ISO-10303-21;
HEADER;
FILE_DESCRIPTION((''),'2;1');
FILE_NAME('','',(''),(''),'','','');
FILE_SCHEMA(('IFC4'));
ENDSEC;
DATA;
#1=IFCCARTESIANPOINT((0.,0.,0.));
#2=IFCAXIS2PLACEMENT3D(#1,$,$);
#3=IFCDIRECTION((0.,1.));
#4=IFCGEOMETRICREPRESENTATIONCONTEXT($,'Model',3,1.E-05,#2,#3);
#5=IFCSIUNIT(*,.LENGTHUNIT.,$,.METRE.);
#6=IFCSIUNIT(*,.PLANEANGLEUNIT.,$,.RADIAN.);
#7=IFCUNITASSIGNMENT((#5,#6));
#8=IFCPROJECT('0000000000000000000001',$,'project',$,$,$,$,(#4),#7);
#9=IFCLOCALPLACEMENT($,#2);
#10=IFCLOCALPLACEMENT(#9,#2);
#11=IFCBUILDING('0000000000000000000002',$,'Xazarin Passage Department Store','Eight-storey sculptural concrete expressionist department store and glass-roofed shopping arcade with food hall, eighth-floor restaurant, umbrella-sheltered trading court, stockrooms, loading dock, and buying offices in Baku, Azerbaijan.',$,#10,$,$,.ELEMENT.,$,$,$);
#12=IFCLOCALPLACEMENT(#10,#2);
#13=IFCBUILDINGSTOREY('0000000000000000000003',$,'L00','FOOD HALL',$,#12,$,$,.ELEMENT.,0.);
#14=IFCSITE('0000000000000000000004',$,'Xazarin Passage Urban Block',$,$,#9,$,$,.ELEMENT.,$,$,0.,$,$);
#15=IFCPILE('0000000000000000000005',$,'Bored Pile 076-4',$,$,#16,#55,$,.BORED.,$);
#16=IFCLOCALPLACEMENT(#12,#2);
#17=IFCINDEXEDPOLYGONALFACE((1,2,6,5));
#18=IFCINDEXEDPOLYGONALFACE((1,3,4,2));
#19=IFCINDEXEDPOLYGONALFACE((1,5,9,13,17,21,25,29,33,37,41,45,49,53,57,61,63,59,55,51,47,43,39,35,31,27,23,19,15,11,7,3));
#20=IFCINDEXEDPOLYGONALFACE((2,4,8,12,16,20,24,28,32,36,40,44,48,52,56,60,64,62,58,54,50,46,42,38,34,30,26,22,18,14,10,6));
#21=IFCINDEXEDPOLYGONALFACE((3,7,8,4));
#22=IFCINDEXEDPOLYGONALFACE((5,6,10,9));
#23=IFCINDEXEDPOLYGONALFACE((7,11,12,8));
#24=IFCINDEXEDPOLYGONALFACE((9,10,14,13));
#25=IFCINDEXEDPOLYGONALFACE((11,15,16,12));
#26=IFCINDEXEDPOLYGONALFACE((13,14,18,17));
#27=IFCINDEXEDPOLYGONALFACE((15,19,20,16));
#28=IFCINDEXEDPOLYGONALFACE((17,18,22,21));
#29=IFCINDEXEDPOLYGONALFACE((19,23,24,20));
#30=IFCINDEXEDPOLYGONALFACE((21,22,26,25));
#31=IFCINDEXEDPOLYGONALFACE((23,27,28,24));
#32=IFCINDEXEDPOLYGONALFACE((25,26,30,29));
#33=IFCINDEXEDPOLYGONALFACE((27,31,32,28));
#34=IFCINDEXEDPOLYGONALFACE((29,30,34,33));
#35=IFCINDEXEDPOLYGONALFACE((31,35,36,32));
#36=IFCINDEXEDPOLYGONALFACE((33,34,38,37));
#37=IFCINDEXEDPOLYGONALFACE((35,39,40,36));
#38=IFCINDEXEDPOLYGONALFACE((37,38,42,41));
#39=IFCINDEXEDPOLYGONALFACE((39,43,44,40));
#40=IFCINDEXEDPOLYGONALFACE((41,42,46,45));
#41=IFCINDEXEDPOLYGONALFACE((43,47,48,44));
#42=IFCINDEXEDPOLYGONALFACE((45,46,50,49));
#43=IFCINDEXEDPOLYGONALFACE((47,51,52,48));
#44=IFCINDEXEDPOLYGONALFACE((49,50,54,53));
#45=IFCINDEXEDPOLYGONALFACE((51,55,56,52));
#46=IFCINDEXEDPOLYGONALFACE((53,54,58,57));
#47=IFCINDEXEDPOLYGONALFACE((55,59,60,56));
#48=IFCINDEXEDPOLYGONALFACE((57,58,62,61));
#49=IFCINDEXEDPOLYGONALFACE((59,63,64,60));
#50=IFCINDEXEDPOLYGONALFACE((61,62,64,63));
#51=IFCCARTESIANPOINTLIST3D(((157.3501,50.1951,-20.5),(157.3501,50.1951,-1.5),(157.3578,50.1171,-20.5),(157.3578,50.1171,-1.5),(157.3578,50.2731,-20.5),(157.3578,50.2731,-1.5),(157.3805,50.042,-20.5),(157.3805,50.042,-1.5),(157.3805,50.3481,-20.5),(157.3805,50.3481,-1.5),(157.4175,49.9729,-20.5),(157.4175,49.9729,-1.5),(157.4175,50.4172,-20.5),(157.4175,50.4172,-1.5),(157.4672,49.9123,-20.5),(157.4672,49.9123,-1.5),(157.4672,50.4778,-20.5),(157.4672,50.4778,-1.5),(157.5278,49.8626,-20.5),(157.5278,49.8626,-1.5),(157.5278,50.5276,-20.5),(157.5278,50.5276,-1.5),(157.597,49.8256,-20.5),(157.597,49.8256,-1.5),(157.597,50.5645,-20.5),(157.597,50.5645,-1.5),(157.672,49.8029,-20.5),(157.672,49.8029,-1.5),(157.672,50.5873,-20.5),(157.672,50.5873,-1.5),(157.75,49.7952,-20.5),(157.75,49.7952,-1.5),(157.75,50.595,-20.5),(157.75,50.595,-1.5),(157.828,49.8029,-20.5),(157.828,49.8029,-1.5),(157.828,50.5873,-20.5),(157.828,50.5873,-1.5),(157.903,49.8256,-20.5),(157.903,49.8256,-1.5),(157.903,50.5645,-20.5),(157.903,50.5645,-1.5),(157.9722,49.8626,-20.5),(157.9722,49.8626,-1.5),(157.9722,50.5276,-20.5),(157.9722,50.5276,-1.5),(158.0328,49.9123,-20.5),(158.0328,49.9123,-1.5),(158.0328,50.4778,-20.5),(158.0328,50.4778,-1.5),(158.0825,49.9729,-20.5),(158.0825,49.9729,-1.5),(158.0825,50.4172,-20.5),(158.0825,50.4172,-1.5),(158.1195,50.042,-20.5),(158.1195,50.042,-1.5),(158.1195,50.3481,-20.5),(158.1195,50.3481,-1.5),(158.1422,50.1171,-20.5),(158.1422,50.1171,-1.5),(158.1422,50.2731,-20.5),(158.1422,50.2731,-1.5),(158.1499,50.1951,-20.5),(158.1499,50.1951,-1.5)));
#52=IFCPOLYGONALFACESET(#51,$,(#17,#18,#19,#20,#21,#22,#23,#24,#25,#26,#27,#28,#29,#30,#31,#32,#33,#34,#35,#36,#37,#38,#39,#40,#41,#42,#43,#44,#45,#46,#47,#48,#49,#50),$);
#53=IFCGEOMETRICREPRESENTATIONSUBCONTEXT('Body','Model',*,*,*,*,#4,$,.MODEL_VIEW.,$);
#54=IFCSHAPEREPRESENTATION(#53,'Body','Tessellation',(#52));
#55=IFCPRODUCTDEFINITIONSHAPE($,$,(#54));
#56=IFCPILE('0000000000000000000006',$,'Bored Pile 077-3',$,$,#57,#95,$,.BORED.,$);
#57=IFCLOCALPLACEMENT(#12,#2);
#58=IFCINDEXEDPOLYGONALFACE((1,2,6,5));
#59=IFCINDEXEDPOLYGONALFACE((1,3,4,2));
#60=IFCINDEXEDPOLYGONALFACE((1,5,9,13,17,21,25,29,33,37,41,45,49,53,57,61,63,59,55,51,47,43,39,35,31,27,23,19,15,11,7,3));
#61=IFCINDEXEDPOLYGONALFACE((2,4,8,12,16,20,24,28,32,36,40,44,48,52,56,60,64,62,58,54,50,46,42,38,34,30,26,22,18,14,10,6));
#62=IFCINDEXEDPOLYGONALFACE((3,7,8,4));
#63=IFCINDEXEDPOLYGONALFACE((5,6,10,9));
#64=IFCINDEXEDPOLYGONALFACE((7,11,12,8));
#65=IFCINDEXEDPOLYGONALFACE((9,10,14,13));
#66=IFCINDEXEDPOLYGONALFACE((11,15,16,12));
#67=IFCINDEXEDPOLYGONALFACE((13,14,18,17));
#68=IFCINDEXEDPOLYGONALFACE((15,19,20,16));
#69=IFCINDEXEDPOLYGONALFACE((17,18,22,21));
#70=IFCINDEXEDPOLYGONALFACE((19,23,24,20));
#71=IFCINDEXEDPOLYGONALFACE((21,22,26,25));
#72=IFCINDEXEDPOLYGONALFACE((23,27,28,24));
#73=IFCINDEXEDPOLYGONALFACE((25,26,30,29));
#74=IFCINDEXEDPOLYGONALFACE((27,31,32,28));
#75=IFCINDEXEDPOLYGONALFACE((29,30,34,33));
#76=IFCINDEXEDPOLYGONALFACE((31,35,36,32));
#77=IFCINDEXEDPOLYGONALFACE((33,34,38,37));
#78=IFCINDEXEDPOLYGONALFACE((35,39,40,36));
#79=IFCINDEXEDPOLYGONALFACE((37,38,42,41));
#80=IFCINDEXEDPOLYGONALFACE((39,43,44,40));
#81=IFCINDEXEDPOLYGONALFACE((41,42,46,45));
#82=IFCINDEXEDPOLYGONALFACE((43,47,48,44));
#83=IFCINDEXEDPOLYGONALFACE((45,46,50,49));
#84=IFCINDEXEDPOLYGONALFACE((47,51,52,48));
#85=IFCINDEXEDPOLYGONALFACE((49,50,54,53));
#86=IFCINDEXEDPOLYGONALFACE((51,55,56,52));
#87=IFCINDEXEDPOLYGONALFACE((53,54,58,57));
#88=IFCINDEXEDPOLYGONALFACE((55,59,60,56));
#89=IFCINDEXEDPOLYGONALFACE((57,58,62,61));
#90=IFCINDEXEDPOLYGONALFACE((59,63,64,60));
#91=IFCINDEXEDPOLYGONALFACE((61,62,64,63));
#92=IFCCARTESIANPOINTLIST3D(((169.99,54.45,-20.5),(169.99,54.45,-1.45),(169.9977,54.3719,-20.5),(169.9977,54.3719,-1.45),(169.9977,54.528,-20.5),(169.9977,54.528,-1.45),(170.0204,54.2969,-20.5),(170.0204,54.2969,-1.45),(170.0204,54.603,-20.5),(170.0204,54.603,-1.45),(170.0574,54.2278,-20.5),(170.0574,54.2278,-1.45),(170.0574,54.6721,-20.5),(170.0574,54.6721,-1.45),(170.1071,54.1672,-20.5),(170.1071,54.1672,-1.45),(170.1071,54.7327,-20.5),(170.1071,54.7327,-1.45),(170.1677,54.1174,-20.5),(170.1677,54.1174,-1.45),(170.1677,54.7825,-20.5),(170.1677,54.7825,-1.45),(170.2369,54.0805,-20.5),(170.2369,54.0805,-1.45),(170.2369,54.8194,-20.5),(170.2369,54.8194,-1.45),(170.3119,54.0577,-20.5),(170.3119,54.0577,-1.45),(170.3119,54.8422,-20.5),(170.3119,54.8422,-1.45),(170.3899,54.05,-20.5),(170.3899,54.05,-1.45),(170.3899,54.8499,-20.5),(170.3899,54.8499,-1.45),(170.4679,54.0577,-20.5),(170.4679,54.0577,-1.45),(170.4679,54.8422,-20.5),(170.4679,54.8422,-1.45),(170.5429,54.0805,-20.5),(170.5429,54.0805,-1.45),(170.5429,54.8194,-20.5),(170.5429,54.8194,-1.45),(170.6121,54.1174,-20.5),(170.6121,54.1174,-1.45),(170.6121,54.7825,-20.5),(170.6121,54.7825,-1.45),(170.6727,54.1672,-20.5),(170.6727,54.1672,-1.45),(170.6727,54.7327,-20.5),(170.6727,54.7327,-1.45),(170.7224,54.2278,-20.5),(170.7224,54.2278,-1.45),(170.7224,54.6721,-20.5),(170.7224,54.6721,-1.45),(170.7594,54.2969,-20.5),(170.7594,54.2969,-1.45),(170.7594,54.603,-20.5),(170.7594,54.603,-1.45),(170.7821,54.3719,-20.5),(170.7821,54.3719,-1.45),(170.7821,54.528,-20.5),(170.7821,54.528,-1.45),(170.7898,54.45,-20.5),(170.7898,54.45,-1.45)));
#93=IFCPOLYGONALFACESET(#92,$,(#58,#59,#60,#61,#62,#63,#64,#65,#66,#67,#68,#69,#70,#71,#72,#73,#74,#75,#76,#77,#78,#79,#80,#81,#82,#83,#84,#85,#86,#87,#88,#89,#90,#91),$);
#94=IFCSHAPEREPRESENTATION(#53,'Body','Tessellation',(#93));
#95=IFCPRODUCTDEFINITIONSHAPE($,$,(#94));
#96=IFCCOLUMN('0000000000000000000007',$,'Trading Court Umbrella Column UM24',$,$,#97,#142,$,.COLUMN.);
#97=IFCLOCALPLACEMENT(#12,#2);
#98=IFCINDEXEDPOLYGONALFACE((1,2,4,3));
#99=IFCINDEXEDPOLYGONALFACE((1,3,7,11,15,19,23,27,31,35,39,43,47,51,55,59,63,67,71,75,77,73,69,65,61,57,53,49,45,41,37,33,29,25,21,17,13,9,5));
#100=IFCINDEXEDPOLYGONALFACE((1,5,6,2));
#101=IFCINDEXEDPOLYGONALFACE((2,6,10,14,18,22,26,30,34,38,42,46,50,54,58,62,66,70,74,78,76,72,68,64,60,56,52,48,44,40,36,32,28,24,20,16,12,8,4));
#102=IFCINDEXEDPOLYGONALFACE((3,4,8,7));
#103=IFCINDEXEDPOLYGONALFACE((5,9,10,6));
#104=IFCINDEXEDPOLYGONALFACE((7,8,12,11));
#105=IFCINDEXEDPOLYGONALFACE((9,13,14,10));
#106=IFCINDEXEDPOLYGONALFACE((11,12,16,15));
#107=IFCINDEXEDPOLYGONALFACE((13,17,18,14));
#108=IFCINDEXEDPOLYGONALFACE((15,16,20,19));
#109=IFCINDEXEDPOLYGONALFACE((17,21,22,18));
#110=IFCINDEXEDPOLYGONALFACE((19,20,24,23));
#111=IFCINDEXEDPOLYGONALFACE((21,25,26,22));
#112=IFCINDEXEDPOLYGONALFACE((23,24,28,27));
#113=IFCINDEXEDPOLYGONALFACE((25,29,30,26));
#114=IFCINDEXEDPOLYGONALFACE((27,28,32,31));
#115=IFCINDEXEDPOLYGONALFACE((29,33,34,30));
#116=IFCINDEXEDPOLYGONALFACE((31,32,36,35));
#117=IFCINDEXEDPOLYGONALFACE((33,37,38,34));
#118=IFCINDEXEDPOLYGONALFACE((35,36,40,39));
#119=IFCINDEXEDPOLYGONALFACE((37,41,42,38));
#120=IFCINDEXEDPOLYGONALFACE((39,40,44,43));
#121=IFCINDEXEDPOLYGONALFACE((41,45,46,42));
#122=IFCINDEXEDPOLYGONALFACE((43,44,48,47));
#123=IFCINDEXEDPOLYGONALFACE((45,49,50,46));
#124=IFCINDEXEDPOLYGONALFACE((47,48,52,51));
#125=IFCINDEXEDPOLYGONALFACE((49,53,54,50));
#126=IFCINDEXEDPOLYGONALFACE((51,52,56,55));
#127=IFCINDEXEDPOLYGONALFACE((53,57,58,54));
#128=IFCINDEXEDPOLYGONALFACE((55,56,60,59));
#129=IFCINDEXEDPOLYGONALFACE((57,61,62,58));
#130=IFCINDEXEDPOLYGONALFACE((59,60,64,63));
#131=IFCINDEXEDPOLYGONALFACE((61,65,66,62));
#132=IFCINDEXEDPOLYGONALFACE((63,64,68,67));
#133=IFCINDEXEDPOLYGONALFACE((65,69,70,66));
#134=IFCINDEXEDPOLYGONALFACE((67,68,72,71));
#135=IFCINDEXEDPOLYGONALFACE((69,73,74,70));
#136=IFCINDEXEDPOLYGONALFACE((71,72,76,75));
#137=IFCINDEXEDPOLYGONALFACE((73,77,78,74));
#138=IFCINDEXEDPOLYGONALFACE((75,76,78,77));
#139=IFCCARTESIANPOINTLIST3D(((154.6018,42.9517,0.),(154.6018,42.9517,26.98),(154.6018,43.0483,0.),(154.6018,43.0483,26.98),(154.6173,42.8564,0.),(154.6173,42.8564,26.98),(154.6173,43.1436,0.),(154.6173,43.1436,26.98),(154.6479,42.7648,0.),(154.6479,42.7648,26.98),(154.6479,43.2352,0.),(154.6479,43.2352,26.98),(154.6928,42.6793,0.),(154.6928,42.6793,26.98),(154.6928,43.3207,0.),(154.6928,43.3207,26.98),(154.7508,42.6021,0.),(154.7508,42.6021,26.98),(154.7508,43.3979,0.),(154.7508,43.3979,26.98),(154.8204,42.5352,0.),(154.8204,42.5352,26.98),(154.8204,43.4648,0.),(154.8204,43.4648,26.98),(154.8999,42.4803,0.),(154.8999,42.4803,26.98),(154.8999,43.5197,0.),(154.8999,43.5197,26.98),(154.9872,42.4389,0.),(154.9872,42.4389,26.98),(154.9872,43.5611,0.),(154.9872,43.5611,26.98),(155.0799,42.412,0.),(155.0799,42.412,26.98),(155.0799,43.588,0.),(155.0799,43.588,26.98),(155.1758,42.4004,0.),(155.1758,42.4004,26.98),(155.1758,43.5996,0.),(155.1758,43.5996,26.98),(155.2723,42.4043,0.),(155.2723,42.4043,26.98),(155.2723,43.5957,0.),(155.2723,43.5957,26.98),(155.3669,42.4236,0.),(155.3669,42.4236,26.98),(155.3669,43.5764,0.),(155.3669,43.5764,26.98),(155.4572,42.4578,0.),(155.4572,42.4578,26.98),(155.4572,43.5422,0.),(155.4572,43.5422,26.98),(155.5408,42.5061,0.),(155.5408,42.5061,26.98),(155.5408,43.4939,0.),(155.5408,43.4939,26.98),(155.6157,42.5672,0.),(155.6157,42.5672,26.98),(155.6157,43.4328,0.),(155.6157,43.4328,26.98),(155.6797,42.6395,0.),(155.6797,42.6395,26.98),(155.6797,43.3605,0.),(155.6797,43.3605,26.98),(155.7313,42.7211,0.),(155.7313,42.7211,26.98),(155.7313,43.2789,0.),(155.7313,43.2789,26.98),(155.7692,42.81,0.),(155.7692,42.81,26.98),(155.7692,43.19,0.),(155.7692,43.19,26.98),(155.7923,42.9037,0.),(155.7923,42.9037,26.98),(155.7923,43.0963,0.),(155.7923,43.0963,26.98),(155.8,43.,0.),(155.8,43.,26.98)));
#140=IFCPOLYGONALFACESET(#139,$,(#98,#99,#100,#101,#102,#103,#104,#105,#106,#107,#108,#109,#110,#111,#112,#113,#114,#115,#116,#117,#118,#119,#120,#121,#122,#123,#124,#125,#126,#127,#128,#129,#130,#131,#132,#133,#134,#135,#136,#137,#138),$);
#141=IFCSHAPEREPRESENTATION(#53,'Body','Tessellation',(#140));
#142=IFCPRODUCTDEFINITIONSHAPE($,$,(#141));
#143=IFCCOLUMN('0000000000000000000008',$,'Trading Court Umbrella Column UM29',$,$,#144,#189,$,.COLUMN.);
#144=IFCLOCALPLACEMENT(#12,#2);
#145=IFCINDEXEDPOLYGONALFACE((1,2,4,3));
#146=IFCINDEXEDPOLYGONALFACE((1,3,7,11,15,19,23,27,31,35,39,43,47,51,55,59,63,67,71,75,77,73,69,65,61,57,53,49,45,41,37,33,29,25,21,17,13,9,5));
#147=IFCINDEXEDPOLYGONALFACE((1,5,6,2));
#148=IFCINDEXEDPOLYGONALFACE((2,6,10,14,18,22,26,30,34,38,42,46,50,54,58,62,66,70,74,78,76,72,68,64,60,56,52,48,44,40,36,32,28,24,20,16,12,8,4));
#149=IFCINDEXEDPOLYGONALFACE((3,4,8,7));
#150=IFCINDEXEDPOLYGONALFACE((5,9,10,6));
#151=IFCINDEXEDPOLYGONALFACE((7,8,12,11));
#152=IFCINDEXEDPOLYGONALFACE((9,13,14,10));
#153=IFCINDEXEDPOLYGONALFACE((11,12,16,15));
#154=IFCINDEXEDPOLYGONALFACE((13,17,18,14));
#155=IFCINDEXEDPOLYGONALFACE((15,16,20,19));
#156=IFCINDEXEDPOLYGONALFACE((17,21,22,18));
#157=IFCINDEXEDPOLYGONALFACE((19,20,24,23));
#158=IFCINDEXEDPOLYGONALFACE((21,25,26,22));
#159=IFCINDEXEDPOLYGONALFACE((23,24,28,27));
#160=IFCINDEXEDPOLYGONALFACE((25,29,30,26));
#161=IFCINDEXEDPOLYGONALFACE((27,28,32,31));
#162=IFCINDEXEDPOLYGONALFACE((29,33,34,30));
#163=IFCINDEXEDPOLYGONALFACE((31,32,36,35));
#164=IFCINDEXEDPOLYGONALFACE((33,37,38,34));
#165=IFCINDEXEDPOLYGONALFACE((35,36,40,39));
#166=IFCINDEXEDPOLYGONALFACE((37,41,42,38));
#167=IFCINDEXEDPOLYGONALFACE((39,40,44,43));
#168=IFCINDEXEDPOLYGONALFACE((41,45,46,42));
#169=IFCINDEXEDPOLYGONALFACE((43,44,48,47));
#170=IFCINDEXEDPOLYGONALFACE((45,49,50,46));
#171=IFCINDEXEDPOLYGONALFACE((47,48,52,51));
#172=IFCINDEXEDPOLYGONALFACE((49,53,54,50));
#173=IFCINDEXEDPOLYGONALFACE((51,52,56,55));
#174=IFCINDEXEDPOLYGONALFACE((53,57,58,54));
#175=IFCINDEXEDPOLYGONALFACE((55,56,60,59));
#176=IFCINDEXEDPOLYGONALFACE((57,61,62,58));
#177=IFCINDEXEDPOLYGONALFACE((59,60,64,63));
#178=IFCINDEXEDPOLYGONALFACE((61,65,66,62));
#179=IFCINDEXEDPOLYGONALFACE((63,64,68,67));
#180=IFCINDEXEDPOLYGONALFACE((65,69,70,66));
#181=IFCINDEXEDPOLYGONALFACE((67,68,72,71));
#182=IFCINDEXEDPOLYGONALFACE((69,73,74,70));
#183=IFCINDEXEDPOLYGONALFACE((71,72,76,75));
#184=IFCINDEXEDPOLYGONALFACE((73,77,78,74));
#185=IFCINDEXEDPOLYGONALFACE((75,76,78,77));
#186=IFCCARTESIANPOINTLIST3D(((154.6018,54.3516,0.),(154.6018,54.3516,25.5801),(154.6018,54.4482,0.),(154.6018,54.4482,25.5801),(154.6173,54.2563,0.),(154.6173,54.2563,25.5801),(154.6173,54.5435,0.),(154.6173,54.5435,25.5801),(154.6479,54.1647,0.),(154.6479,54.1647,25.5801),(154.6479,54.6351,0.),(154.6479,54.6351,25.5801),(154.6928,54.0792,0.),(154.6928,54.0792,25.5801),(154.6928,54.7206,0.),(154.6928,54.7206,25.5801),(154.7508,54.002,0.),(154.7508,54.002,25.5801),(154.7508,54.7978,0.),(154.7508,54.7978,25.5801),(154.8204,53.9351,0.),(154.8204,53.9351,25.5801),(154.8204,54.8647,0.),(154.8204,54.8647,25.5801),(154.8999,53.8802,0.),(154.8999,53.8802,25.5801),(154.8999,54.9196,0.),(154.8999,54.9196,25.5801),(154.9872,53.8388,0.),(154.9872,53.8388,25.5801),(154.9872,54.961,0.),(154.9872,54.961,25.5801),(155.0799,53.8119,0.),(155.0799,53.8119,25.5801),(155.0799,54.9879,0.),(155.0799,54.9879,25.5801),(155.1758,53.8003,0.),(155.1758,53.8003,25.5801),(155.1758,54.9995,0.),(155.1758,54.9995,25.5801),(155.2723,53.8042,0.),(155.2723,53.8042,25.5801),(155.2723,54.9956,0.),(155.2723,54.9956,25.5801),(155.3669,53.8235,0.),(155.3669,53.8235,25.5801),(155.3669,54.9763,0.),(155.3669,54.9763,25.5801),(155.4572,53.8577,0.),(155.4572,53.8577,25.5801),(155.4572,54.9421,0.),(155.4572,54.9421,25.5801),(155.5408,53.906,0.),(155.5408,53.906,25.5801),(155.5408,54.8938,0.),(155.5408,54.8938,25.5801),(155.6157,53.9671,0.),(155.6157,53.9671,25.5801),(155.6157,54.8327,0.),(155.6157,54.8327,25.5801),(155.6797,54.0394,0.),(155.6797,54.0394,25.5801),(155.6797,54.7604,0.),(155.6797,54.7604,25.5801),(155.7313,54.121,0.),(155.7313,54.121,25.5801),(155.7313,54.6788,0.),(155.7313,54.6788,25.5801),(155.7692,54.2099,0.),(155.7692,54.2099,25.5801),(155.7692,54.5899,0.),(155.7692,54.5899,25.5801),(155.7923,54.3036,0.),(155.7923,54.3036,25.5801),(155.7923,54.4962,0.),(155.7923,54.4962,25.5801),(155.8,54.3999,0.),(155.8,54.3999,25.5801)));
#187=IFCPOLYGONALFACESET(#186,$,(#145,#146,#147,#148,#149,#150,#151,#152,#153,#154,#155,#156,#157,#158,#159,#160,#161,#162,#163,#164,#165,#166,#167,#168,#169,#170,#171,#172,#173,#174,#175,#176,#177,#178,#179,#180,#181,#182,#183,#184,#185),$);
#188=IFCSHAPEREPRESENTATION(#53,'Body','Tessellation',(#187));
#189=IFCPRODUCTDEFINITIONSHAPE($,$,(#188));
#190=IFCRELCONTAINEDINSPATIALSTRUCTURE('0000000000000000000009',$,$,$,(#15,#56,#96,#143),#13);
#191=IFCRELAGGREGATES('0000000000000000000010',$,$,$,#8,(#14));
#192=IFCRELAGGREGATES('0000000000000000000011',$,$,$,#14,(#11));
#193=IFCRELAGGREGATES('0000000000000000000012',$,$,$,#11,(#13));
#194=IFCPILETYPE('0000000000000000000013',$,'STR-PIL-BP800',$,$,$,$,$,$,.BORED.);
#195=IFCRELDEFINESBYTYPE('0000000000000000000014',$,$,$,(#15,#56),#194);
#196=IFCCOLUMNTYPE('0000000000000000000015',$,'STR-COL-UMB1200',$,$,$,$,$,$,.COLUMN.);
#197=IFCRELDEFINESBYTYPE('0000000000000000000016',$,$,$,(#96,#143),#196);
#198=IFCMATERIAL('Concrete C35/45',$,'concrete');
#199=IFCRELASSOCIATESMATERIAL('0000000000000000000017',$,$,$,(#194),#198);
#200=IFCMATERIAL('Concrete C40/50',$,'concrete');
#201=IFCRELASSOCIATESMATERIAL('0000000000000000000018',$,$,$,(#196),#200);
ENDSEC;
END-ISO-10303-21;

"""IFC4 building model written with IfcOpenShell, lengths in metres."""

from ifc_helpers import new_model, si_unit, direction, frame, origin, origin_2d, place, context, subcontext, project, spatial, circle, extrude, material, material_profile, profile_set, type_object, element, save


model = new_model("IFC4")

# Units and contexts
model_context = context("Model", 3, precision=1e-05, world=origin(), true_north=direction((0.0, 1.0)))
body_context = subcontext(model_context, "Body", "Model", "MODEL_VIEW")
ifc_project = project(units=[si_unit("LENGTHUNIT", "METRE"), si_unit("PLANEANGLEUNIT", "RADIAN")], contexts=[model_context])

# Site, building, storey
site_placement = place(None, origin())
site = spatial("IfcSite", under=ifc_project, at=site_placement, Name="Xazarin Passage Urban Block", CompositionType="ELEMENT", RefElevation=0.0)
building_placement = place(site_placement, origin())
building = spatial("IfcBuilding", under=site, at=building_placement, Name="Xazarin Passage Department Store", Description="Eight-storey sculptural concrete expressionist department store and glass-roofed shopping arcade with food hall, eighth-floor restaurant, umbrella-sheltered trading court, stockrooms, loading dock, and buying offices in Baku, Azerbaijan.", CompositionType="ELEMENT")
storey_placement = place(building_placement, origin())
storey = spatial("IfcBuildingStorey", under=building, at=storey_placement, Name="L00", Description="FOOD HALL", CompositionType="ELEMENT", Elevation=0.0)

# Shared definitions
ifc_material_1 = material(Name="Concrete C35/45", Category="concrete")

# Piles
ifc_material_profile_1 = material_profile(ifc_material_1, circle(Radius=0.3999, at=origin_2d()), Name="BP 800")
ifc_profile_set_1 = profile_set([ifc_material_profile_1], Name="Concrete C35/45")
pile_type_1 = type_object("IfcPileType", Name="STR-PIL-BP800", PredefinedType="BORED", material=ifc_profile_set_1)
pile_1_placement = place(storey_placement, frame((157.75, 50.1951, -1.5), z_axis=(0.0, 0.0, -1.0), x_axis=(1.0, 0.0, 0.0)))
element("IfcPile", 1, at=pile_1_placement, inside=storey, type_object=pile_type_1, Name="Bored Pile 076-4", PredefinedType="BORED", context=body_context, shape_type="SweptSolid", body=[
    extrude(circle(Radius=0.3999, at=origin_2d()), origin(), (0.0, 0.0, 1.0), 19.0),
])
pile_2_placement = place(storey_placement, frame((170.3899, 54.45, -1.45), z_axis=(0.0, 0.0, -1.0), x_axis=(1.0, 0.0, 0.0)))
element("IfcPile", 2, at=pile_2_placement, inside=storey, type_object=pile_type_1, Name="Bored Pile 077-3", PredefinedType="BORED", context=body_context, shape_type="SweptSolid", body=[
    extrude(circle(Radius=0.3999, at=origin_2d()), origin(), (0.0, 0.0, 1.0), 19.05),
])

# Columns
ifc_material_2 = material(Name="Concrete C40/50", Category="concrete")
ifc_material_profile_2 = material_profile(ifc_material_2, circle(Radius=0.6001, at=origin_2d()), Name="RCD 1200")
ifc_profile_set_2 = profile_set([ifc_material_profile_2], Name="Concrete C40/50")
column_type = type_object("IfcColumnType", Name="STR-COL-UMB1200", PredefinedType="COLUMN", material=ifc_profile_set_2)
column_1_placement = place(storey_placement, frame((155.2, 43.0, 0.0), z_axis=(0.0, 0.0, 1.0), x_axis=(1.0, 0.0, 0.0)))
element("IfcColumn", 3, at=column_1_placement, inside=storey, type_object=column_type, Name="Trading Court Umbrella Column UM24", PredefinedType="COLUMN", context=body_context, shape_type="SweptSolid", body=[
    extrude(circle(Radius=0.6001, at=origin_2d()), origin(), (0.0, 0.0, 1.0), 26.98),
])
column_2_placement = place(storey_placement, frame((155.2, 54.3999, 0.0), z_axis=(0.0, 0.0, 1.0), x_axis=(1.0, 0.0, 0.0)))
element("IfcColumn", 4, at=column_2_placement, inside=storey, type_object=column_type, Name="Trading Court Umbrella Column UM29", PredefinedType="COLUMN", context=body_context, shape_type="SweptSolid", body=[
    extrude(circle(Radius=0.6001, at=origin_2d()), origin(), (0.0, 0.0, 1.0), 25.5801),
])

save(model, "model.ifc")
